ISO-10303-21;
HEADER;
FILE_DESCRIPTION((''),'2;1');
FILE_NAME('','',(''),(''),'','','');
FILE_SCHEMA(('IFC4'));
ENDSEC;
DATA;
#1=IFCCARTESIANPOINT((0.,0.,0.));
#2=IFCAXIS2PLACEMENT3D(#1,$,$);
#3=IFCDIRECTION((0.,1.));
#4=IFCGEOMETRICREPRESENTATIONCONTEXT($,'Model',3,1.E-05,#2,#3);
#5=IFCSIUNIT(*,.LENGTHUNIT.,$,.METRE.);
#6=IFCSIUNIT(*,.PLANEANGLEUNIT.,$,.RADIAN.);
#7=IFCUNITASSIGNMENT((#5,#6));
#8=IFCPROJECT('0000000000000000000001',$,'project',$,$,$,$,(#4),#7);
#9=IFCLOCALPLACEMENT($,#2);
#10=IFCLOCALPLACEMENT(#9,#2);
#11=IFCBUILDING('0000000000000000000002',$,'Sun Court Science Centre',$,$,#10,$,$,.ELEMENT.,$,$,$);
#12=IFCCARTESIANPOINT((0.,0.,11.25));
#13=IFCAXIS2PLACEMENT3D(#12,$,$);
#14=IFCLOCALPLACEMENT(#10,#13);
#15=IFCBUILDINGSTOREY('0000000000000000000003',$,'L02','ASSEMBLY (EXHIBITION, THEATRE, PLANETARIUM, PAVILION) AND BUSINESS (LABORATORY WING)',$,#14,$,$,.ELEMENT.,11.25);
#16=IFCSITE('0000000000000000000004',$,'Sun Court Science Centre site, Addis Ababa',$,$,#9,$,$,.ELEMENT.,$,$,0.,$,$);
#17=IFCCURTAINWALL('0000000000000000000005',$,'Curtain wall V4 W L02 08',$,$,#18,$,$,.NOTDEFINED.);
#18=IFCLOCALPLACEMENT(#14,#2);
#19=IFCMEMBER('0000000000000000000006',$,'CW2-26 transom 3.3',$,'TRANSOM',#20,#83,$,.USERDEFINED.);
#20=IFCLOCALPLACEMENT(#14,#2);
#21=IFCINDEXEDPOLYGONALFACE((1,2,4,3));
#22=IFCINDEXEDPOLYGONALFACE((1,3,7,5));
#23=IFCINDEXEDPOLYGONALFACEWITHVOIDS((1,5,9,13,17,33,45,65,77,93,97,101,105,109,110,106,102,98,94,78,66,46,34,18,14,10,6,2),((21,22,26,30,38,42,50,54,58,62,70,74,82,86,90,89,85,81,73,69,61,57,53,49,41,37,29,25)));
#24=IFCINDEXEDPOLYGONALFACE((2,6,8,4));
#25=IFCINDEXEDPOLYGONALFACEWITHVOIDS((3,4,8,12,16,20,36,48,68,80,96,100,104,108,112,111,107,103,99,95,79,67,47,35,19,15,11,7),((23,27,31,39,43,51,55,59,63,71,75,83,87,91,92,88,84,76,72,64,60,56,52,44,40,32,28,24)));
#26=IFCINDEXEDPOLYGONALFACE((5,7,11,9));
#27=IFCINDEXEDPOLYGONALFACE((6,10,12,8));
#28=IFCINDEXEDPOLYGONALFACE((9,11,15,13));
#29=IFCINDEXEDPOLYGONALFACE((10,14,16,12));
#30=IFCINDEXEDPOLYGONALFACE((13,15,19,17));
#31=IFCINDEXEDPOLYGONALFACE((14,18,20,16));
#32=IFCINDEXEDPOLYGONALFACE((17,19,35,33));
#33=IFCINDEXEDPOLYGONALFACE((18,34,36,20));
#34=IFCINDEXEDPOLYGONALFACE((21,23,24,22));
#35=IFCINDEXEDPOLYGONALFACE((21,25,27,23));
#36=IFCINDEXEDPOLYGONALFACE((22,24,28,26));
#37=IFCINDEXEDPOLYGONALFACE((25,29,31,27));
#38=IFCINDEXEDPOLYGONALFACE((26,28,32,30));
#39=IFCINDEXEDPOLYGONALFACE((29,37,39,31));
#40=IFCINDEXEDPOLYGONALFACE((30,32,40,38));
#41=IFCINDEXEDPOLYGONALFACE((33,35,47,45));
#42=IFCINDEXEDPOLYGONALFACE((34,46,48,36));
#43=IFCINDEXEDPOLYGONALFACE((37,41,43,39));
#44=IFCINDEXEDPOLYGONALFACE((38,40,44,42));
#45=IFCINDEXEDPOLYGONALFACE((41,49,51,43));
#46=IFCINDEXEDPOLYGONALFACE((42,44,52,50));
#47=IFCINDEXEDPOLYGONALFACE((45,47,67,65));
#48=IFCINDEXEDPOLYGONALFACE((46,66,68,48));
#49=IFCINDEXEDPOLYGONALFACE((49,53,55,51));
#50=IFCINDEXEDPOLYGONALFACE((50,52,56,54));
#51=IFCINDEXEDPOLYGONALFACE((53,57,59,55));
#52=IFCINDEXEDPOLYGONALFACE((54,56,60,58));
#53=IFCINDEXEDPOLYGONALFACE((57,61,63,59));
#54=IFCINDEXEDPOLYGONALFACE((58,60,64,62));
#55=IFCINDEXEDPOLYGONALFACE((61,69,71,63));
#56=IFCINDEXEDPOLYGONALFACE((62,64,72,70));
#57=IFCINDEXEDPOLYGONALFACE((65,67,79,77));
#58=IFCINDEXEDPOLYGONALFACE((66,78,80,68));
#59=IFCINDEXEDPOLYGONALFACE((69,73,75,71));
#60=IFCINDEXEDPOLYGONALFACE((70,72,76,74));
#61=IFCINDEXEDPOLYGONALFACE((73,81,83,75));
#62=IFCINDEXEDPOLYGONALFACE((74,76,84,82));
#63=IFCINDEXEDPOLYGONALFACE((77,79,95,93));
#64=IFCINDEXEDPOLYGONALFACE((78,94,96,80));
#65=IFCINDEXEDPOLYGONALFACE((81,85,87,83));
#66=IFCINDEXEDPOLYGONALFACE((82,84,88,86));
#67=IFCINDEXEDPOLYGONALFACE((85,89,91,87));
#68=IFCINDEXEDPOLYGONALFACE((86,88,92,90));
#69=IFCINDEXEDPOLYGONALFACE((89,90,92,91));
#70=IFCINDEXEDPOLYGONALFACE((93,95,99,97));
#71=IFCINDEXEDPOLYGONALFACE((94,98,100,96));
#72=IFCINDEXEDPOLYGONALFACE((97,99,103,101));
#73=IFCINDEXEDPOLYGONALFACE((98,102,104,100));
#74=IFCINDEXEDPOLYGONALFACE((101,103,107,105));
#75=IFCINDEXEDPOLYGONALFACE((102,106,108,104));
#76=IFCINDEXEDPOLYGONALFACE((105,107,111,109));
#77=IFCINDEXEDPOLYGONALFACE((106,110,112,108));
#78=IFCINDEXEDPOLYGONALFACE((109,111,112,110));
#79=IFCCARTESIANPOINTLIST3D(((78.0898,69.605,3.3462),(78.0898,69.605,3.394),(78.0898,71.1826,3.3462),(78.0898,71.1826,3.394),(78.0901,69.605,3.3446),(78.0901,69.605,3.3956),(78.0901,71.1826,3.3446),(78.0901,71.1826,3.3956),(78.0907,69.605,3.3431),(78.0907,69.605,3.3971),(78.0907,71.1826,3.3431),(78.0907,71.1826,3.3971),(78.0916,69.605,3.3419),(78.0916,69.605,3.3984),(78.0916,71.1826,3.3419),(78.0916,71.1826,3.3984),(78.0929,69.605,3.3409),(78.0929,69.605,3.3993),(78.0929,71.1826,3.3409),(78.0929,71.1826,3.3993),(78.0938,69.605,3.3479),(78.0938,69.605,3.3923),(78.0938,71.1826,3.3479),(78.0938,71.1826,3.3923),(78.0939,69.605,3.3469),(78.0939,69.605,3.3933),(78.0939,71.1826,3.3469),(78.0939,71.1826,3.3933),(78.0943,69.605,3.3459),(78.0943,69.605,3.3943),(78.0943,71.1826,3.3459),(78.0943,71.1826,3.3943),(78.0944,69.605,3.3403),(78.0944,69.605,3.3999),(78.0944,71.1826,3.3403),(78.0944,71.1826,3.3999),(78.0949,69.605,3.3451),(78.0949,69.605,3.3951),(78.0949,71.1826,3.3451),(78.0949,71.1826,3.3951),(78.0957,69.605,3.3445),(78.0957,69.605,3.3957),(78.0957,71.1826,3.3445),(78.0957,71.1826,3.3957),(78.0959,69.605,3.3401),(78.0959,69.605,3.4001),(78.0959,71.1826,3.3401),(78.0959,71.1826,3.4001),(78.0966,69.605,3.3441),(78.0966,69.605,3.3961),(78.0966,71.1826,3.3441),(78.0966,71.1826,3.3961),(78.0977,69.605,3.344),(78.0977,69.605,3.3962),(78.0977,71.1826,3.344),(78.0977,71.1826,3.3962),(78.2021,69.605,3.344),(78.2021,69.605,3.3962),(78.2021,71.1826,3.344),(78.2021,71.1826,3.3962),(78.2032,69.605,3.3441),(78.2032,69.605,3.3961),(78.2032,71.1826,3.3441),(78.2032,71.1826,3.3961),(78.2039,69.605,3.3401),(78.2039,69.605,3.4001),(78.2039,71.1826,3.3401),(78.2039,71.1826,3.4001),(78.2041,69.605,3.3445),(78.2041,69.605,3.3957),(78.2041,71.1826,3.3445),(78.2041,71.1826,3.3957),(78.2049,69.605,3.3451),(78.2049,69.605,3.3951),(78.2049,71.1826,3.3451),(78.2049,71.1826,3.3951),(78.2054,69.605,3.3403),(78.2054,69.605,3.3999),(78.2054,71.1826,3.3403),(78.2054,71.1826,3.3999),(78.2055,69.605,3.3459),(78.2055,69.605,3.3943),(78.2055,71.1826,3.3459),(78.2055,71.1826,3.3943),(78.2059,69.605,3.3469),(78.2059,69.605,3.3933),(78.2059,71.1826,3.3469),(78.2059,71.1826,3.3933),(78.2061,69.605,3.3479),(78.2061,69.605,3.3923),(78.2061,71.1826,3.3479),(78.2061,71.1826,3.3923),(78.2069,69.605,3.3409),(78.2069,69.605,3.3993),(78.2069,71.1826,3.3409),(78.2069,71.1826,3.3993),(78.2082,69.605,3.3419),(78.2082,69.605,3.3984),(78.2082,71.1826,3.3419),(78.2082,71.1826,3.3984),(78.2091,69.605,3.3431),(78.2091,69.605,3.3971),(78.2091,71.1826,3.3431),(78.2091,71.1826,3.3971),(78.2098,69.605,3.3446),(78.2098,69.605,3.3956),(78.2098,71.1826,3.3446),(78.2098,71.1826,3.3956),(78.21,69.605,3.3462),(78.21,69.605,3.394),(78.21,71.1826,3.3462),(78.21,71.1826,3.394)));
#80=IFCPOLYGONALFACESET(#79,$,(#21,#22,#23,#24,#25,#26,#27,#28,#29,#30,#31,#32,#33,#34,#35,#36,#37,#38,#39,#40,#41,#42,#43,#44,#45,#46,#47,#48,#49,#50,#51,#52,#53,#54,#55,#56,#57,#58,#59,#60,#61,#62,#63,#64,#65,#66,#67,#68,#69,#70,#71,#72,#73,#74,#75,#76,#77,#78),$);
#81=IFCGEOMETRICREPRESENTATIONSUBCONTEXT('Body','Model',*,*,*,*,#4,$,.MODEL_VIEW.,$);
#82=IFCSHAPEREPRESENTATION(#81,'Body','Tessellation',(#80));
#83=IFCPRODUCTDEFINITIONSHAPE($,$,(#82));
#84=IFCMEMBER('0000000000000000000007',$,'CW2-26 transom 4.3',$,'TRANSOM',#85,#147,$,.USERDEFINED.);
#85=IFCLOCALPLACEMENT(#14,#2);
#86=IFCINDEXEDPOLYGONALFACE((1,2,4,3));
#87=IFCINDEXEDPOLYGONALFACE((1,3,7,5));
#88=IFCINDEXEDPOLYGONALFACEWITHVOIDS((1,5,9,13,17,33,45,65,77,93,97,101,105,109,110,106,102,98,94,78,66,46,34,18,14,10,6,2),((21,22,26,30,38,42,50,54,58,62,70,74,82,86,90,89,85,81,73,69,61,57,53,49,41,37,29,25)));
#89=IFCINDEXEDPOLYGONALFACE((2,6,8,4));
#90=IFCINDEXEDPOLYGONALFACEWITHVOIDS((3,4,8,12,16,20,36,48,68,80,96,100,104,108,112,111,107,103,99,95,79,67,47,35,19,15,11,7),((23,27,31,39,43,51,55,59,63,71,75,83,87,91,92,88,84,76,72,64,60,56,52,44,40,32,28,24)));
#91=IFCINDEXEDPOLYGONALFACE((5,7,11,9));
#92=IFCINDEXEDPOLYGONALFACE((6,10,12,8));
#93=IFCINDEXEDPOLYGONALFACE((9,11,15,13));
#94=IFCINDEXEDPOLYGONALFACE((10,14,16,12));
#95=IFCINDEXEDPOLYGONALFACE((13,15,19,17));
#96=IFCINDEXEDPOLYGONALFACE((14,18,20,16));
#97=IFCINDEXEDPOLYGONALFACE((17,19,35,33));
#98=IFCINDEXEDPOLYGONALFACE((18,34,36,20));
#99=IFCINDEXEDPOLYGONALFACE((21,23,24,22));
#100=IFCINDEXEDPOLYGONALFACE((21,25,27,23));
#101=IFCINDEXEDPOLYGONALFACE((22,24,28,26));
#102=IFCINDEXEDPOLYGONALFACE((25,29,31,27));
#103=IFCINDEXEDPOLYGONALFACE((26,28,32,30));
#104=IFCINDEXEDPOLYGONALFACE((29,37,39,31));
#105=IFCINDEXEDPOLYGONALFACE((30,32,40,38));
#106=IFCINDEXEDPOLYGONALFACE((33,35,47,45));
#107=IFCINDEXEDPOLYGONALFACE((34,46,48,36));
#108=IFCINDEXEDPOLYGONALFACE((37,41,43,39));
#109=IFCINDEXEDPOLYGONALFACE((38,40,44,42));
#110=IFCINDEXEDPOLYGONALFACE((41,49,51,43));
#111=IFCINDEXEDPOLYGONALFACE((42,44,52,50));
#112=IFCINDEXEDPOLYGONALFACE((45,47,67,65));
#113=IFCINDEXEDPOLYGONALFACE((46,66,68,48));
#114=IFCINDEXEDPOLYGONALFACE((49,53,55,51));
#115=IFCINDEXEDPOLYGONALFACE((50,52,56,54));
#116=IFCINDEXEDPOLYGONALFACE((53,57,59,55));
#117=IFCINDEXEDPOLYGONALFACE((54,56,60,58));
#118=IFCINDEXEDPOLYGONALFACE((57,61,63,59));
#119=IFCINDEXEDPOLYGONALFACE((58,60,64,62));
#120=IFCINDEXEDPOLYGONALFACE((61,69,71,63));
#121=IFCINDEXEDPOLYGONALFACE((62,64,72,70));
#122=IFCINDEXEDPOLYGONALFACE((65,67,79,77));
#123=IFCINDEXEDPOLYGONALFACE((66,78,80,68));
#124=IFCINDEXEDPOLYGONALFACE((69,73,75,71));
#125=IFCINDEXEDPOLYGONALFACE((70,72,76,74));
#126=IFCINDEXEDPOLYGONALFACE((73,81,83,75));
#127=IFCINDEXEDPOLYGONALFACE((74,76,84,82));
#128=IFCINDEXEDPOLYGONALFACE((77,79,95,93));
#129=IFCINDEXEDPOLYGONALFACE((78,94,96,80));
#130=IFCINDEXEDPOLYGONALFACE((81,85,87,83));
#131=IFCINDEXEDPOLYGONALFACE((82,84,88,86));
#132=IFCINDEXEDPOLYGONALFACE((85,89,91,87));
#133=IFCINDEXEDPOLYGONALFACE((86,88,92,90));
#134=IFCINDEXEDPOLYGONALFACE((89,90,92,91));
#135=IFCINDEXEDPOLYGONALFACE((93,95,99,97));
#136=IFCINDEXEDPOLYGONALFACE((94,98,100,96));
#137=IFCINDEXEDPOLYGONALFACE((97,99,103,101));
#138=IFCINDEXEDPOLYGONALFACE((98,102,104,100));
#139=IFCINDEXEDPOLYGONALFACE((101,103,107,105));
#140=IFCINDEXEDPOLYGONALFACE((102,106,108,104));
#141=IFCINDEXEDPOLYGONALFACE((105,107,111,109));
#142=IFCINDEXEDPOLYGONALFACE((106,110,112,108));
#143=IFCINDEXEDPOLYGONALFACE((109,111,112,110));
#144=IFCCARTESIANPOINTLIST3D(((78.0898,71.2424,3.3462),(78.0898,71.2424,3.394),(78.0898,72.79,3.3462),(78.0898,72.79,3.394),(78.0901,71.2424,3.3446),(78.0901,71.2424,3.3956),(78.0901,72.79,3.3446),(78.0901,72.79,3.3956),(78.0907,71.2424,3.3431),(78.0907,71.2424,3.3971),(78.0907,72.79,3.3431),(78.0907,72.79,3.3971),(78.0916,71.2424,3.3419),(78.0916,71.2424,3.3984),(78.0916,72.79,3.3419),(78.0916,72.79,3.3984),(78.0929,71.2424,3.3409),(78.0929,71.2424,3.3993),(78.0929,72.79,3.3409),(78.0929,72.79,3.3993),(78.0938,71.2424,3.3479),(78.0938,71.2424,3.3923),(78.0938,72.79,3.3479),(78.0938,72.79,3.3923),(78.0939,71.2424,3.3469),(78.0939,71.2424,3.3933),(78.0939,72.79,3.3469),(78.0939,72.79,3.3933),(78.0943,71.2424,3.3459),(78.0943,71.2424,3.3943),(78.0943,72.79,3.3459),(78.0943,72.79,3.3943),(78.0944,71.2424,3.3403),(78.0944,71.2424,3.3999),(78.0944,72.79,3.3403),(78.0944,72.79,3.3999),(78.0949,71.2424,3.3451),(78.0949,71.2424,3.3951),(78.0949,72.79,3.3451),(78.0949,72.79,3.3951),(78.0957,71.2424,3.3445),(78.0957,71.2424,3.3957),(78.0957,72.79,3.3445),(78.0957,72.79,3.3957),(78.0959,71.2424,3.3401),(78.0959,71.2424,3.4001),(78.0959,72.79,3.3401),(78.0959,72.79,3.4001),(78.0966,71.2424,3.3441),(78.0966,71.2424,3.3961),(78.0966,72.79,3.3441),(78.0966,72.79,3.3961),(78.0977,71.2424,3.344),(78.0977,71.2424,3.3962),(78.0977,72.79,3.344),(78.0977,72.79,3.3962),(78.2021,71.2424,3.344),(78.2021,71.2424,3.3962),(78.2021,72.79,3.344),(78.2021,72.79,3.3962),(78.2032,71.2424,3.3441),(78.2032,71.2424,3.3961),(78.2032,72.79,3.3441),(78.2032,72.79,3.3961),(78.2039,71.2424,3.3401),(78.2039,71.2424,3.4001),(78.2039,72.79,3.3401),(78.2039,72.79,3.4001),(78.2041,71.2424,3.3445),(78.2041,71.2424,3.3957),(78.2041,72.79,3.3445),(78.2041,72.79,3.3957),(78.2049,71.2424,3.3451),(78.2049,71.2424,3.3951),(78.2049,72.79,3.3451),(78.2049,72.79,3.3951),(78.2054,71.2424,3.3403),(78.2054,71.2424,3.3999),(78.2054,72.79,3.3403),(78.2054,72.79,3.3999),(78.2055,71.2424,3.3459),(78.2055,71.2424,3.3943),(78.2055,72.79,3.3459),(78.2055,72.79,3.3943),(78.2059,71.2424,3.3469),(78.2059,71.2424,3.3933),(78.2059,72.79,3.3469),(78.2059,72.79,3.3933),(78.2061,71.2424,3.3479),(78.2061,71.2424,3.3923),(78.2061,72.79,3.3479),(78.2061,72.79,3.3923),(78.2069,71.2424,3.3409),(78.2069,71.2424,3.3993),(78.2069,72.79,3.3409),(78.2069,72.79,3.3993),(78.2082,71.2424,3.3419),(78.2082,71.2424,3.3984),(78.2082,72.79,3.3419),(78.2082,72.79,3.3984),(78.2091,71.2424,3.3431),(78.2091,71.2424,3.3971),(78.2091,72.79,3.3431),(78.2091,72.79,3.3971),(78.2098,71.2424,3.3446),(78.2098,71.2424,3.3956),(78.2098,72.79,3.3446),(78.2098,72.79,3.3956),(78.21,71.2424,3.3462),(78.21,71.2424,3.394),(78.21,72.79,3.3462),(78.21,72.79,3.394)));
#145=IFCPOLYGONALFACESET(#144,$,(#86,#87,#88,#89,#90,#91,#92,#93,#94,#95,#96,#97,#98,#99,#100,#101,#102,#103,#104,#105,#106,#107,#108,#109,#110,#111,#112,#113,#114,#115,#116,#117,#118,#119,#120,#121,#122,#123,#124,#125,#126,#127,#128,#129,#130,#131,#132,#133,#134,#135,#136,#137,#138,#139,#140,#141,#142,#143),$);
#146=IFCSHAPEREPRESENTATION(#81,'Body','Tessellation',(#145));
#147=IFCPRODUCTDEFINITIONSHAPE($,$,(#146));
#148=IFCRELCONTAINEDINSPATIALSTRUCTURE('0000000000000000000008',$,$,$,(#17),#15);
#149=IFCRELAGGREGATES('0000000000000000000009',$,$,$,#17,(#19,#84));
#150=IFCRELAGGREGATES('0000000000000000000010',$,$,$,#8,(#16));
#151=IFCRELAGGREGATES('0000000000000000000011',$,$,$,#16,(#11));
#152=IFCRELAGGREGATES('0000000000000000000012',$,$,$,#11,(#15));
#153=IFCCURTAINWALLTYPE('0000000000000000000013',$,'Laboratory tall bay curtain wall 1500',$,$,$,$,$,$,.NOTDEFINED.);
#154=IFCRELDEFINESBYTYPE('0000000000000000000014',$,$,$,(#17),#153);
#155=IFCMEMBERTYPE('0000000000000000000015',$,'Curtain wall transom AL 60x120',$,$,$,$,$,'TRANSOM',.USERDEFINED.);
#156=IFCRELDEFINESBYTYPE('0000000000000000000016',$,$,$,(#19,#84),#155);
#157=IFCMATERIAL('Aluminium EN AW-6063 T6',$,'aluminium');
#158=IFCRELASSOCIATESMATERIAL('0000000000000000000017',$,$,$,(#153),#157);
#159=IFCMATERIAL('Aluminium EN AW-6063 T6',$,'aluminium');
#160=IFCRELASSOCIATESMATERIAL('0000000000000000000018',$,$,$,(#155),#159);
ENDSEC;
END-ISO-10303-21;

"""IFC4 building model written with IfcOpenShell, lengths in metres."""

from ifc_helpers import new_model, si_unit, direction, frame, origin, origin_2d, place, context, subcontext, project, spatial, hollow_rectangle, extrude, material, material_profile, profile_set, type_object, element, aggregate, save


model = new_model("IFC4")

# Units and contexts
model_context = context("Model", 3, precision=1e-05, world=origin(), true_north=direction((0.0, 1.0)))
body_context = subcontext(model_context, "Body", "Model", "MODEL_VIEW")
ifc_project = project(units=[si_unit("LENGTHUNIT", "METRE"), si_unit("PLANEANGLEUNIT", "RADIAN")], contexts=[model_context])

# Site, building, storey
site_placement = place(None, origin())
site = spatial("IfcSite", under=ifc_project, at=site_placement, Name="Sun Court Science Centre site, Addis Ababa", CompositionType="ELEMENT", RefElevation=0.0)
building_placement = place(site_placement, origin())
building = spatial("IfcBuilding", under=site, at=building_placement, Name="Sun Court Science Centre", CompositionType="ELEMENT")
storey_placement = place(building_placement, frame((0.0, 0.0, 11.25)))
storey = spatial("IfcBuildingStorey", under=building, at=storey_placement, Name="L02", Description="ASSEMBLY (EXHIBITION, THEATRE, PLANETARIUM, PAVILION) AND BUSINESS (LABORATORY WING)", CompositionType="ELEMENT", Elevation=11.25)

# Curtain wall
ifc_material_1 = material(Name="Aluminium EN AW-6063 T6", Category="aluminium")
curtain_wall_type = type_object("IfcCurtainWallType", Name="Laboratory tall bay curtain wall 1500", PredefinedType="NOTDEFINED", material=ifc_material_1)
curtain_wall_1_placement = place(storey_placement, origin())
curtain_wall_1 = element("IfcCurtainWall", 1, at=curtain_wall_1_placement, inside=storey, type_object=curtain_wall_type, Name="Curtain wall V4 W L02 08", PredefinedType="NOTDEFINED")

# Members
ifc_material_2 = material(Name="Aluminium EN AW-6063 T6", Category="aluminium")
ifc_material_profile_1 = material_profile(ifc_material_2, hollow_rectangle(XDim=0.0601, YDim=0.1201, WallThickness=0.0039, InnerFilletRadius=0.0039, OuterFilletRadius=0.0061, at=origin_2d()), Name="AL 60x120x4")
ifc_profile_set_1 = profile_set([ifc_material_profile_1], Name="Aluminium EN AW-6063 T6")
member_type_1 = type_object("IfcMemberType", Name="Curtain wall transom AL 60x120", ElementType="TRANSOM", PredefinedType="USERDEFINED", material=ifc_profile_set_1)
member_1_placement = place(storey_placement, frame((78.1499, 69.605, 3.3701), z_axis=(0.0, 1.0, 0.0), x_axis=(0.0, 0.0, 1.0)))
member_1 = element("IfcMember", 2, at=member_1_placement, type_object=member_type_1, Name="CW2-26 transom 3.3", ObjectType="TRANSOM", PredefinedType="USERDEFINED", context=body_context, shape_type="SweptSolid", body=[
    extrude(hollow_rectangle(XDim=0.0601, YDim=0.1201, WallThickness=0.0039, InnerFilletRadius=0.0039, OuterFilletRadius=0.0061, at=origin_2d()), origin(), (0.0, 0.0, 1.0), 1.5776),
])
member_2_placement = place(storey_placement, frame((78.1499, 71.2424, 3.3701), z_axis=(0.0, 1.0, 0.0), x_axis=(0.0, 0.0, 1.0)))
member_2 = element("IfcMember", 3, at=member_2_placement, type_object=member_type_1, Name="CW2-26 transom 4.3", ObjectType="TRANSOM", PredefinedType="USERDEFINED", context=body_context, shape_type="SweptSolid", body=[
    extrude(hollow_rectangle(XDim=0.0601, YDim=0.1201, WallThickness=0.0039, InnerFilletRadius=0.0039, OuterFilletRadius=0.0061, at=origin_2d()), origin(), (0.0, 0.0, 1.0), 1.5476),
])

aggregate(curtain_wall_1, [member_1, member_2])

save(model, "model.ifc")
